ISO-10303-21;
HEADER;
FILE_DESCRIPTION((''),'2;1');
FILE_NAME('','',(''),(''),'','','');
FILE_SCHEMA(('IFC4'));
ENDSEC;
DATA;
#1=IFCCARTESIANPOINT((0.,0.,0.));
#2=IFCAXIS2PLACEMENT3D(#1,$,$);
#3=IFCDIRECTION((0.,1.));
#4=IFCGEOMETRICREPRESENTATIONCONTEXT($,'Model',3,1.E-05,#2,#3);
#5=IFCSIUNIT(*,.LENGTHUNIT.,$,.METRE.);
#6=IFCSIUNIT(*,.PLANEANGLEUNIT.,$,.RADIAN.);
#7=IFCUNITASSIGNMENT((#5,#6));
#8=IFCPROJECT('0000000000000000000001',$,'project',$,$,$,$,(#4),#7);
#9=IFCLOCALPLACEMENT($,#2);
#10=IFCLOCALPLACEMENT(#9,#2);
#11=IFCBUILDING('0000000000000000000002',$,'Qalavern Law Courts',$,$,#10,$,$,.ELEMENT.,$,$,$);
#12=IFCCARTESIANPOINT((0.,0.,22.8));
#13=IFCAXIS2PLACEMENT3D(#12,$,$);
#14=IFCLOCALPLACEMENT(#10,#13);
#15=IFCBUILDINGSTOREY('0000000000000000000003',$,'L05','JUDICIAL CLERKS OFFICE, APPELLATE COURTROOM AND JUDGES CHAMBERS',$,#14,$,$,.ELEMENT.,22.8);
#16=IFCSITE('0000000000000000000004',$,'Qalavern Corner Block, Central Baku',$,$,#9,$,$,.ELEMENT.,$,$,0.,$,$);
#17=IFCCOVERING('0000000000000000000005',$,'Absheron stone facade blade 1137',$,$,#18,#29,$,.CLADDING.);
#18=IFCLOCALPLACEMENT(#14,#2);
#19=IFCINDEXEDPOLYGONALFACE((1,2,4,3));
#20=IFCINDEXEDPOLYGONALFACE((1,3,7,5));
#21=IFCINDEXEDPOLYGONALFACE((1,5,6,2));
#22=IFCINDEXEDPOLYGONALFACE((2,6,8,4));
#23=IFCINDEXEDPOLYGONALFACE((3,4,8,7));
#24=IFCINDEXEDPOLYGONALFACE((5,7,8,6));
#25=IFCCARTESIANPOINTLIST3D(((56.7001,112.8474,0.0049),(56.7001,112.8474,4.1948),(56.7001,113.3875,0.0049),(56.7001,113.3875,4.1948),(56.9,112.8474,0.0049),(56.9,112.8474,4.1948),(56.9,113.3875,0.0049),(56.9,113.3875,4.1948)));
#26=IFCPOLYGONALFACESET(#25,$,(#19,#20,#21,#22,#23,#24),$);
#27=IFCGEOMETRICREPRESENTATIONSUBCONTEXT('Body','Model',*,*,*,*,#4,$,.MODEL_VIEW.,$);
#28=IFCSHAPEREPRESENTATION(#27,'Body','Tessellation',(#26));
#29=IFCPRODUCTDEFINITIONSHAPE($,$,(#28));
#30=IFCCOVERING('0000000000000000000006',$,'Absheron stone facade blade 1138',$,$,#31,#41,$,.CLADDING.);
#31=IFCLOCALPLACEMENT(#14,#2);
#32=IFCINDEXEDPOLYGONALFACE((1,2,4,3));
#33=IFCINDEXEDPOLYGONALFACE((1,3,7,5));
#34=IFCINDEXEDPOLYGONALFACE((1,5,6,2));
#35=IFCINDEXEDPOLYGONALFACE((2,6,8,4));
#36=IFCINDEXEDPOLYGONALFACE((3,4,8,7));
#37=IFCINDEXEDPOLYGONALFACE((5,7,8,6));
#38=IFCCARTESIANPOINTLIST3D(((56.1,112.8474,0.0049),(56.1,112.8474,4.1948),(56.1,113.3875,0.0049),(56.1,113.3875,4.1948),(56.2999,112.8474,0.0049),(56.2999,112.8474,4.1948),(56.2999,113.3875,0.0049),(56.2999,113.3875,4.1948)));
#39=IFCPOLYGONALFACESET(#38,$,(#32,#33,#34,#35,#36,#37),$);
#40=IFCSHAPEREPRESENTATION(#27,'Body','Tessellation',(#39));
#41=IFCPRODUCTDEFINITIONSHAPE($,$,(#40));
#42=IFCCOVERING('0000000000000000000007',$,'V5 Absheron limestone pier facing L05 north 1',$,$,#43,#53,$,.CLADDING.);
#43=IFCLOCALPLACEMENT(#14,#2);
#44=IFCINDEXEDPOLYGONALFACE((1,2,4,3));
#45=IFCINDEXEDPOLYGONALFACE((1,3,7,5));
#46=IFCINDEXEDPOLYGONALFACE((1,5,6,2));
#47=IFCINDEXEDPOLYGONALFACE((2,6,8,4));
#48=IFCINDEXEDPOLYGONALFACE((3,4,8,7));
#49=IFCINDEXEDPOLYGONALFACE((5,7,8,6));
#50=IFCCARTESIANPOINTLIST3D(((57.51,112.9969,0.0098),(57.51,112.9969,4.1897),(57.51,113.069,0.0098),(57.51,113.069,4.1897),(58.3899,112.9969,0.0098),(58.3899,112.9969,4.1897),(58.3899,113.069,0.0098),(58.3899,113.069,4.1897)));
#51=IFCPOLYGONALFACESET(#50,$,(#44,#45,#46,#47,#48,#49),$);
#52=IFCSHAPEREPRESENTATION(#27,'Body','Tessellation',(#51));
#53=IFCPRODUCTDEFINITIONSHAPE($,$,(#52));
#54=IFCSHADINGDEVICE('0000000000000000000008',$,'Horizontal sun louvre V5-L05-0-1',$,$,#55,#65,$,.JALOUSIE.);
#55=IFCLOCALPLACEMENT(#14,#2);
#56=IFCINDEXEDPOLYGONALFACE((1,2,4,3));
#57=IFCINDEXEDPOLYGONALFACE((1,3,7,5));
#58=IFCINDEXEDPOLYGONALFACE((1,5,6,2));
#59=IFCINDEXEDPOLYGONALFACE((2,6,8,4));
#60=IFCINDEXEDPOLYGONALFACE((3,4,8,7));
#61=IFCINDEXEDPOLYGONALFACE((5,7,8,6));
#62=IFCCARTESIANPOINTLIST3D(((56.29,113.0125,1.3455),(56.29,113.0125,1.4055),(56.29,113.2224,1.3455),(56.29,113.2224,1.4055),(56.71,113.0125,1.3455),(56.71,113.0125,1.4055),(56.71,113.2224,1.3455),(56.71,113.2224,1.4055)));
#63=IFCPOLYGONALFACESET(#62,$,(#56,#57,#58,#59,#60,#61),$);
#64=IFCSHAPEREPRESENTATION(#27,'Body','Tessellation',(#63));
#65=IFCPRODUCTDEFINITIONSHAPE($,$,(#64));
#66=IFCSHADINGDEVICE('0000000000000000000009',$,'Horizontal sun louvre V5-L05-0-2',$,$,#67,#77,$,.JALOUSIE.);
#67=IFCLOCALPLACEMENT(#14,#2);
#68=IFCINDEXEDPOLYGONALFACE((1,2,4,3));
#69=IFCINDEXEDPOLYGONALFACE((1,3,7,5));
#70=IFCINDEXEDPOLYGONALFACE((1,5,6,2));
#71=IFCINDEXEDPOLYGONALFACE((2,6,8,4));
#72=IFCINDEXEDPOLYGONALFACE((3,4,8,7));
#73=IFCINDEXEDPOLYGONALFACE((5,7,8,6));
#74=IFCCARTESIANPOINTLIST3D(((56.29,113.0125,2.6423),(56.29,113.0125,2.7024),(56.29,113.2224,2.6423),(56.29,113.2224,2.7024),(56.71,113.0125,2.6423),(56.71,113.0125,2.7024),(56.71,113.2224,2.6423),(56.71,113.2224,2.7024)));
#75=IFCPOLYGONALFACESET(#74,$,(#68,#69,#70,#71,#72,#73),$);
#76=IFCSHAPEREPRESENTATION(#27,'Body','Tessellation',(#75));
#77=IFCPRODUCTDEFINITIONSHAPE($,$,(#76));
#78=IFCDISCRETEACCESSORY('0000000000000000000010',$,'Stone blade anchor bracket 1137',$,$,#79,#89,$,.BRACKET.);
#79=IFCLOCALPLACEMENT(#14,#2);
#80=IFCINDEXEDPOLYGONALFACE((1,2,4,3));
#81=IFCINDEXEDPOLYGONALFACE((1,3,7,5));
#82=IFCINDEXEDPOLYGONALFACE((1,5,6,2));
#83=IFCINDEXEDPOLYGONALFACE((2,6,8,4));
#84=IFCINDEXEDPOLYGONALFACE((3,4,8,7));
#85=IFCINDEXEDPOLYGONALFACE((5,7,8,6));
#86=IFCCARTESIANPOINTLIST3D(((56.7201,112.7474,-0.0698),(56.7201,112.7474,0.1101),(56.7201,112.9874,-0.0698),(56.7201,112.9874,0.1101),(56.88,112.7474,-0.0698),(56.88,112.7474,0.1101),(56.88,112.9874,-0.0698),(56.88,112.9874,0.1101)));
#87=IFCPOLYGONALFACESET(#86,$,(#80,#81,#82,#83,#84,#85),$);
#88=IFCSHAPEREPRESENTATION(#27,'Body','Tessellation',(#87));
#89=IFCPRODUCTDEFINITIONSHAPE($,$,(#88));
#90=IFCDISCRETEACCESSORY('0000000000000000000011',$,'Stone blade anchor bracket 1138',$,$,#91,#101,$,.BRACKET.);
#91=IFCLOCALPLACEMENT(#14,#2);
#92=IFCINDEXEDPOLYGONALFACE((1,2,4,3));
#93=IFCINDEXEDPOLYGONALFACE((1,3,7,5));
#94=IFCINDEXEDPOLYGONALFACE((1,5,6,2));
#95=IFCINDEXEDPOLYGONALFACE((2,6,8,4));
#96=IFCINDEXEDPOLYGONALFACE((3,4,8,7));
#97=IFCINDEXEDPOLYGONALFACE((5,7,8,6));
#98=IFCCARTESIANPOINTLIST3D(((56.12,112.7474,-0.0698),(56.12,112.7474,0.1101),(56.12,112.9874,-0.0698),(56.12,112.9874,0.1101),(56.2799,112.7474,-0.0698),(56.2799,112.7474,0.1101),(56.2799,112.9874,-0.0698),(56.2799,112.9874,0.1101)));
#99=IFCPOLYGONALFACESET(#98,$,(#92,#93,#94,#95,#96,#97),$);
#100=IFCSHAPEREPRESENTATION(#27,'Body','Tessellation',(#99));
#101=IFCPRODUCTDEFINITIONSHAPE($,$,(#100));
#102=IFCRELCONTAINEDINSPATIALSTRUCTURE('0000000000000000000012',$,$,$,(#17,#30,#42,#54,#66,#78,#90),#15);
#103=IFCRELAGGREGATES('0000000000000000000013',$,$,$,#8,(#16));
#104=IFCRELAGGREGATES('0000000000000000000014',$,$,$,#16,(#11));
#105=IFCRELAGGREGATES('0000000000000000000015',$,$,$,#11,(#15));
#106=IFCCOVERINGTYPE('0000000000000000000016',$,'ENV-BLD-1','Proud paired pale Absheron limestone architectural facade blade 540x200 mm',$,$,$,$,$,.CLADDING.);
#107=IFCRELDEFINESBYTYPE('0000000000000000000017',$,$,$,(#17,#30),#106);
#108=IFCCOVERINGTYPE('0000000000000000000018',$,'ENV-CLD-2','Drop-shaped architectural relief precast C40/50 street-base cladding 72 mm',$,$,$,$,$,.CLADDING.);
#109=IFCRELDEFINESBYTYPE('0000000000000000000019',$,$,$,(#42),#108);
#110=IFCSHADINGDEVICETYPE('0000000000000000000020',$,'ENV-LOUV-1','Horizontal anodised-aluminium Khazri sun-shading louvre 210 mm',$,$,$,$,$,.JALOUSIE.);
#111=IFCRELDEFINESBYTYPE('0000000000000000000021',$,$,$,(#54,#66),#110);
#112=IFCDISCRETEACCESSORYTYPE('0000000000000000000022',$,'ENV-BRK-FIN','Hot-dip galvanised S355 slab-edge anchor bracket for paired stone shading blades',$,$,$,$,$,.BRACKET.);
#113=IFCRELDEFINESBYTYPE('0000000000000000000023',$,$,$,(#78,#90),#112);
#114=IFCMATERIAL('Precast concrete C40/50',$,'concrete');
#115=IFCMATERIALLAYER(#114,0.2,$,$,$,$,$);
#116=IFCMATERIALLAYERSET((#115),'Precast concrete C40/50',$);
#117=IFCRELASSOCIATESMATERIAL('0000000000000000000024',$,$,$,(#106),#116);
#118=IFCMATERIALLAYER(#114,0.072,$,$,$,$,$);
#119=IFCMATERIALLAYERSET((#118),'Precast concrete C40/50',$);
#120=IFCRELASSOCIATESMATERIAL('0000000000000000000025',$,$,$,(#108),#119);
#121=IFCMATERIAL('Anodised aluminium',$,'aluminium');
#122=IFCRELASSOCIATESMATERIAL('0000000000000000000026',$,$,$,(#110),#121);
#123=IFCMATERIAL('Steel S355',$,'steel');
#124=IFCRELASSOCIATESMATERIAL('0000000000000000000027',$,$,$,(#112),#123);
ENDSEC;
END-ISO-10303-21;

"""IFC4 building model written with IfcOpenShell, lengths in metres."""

from ifc_helpers import new_model, si_unit, direction, frame, origin, origin_2d, place, context, subcontext, project, spatial, rectangle, extrude, material, layer, layer_set, type_object, element, save


model = new_model("IFC4")

# Units and contexts
model_context = context("Model", 3, precision=1e-05, world=origin(), true_north=direction((0.0, 1.0)))
body_context = subcontext(model_context, "Body", "Model", "MODEL_VIEW")
ifc_project = project(units=[si_unit("LENGTHUNIT", "METRE"), si_unit("PLANEANGLEUNIT", "RADIAN")], contexts=[model_context])

# Site, building, storey
site_placement = place(None, origin())
site = spatial("IfcSite", under=ifc_project, at=site_placement, Name="Qalavern Corner Block, Central Baku", CompositionType="ELEMENT", RefElevation=0.0)
building_placement = place(site_placement, origin())
building = spatial("IfcBuilding", under=site, at=building_placement, Name="Qalavern Law Courts", CompositionType="ELEMENT")
storey_placement = place(building_placement, frame((0.0, 0.0, 22.8)))
storey = spatial("IfcBuildingStorey", under=building, at=storey_placement, Name="L05", Description="JUDICIAL CLERKS OFFICE, APPELLATE COURTROOM AND JUDGES CHAMBERS", CompositionType="ELEMENT", Elevation=22.8)

# Shared definitions
ifc_material_1 = material(Name="Anodised aluminium", Category="aluminium")

# Shared definitions
ifc_material_2 = material(Name="Steel S355", Category="steel")

# Coverings
ifc_material_3 = material(Name="Precast concrete C40/50", Category="concrete")
ifc_layer_1 = layer(ifc_material_3, 0.2)
ifc_layer_set_1 = layer_set([ifc_layer_1], Name="Precast concrete C40/50")
covering_type_1 = type_object("IfcCoveringType", Name="ENV-BLD-1", Description="Proud paired pale Absheron limestone architectural facade blade 540x200 mm", PredefinedType="CLADDING", material=ifc_layer_set_1)
for number, where, z_axis, x_axis, name in (
    (1, (56.8, 113.1174, 0.0049), (0.0, 0.0, 1.0), (0.0, 1.0, 0.0), "Absheron stone facade blade 1137"),
    (2, (56.2, 113.1174, 0.0049), (0.0, 0.0, 1.0), (0.0, 1.0, 0.0), "Absheron stone facade blade 1138"),
):
    element("IfcCovering", number, at=place(storey_placement, frame(where, z_axis=z_axis, x_axis=x_axis)), inside=storey, type_object=covering_type_1, Name=name, PredefinedType="CLADDING", context=body_context, shape_type="SweptSolid", body=[
        extrude(rectangle(XDim=0.54, YDim=0.2, at=origin_2d()), origin(), (0.0, 0.0, 1.0), 4.1899),
    ])
ifc_layer_2 = layer(ifc_material_3, 0.072)
ifc_layer_set_2 = layer_set([ifc_layer_2], Name="Precast concrete C40/50")
covering_type_2 = type_object("IfcCoveringType", Name="ENV-CLD-2", Description="Drop-shaped architectural relief precast C40/50 street-base cladding 72 mm", PredefinedType="CLADDING", material=ifc_layer_set_2)
covering_placement = place(storey_placement, frame((57.95, 113.033, 0.0098), z_axis=(0.0, 0.0, 1.0), x_axis=(-1.0, 0.0, 0.0)))
element("IfcCovering", 3, at=covering_placement, inside=storey, type_object=covering_type_2, Name="V5 Absheron limestone pier facing L05 north 1", PredefinedType="CLADDING", context=body_context, shape_type="SweptSolid", body=[
    extrude(rectangle(XDim=0.8799, YDim=0.072, at=origin_2d()), origin(), (0.0, 0.0, 1.0), 4.1799),
])

# Shading devices
shading_device_type = type_object("IfcShadingDeviceType", Name="ENV-LOUV-1", Description="Horizontal anodised-aluminium Khazri sun-shading louvre 210 mm", PredefinedType="JALOUSIE", material=ifc_material_1)
for number, where, z_axis, x_axis, name in (
    (4, (56.5, 113.1174, 1.3455), (0.0, 0.0, 1.0), (-1.0, 0.0, 0.0), "Horizontal sun louvre V5-L05-0-1"),
    (5, (56.5, 113.1174, 2.6423), (0.0, 0.0, 1.0), (-1.0, 0.0, 0.0), "Horizontal sun louvre V5-L05-0-2"),
):
    element("IfcShadingDevice", number, at=place(storey_placement, frame(where, z_axis=z_axis, x_axis=x_axis)), inside=storey, type_object=shading_device_type, Name=name, PredefinedType="JALOUSIE", context=body_context, shape_type="SweptSolid", body=[
        extrude(rectangle(XDim=0.4199, YDim=0.21, at=origin_2d()), origin(), (0.0, 0.0, 1.0), 0.0601),
    ])

# Discrete accessories
discrete_accessory_type = type_object("IfcDiscreteAccessoryType", Name="ENV-BRK-FIN", Description="Hot-dip galvanised S355 slab-edge anchor bracket for paired stone shading blades", PredefinedType="BRACKET", material=ifc_material_2)
for number, where, z_axis, x_axis, name in (
    (6, (56.8, 112.8674, -0.0698), (0.0, 0.0, 1.0), (0.0, 1.0, 0.0), "Stone blade anchor bracket 1137"),
    (7, (56.2, 112.8674, -0.0698), (0.0, 0.0, 1.0), (0.0, 1.0, 0.0), "Stone blade anchor bracket 1138"),
):
    element("IfcDiscreteAccessory", number, at=place(storey_placement, frame(where, z_axis=z_axis, x_axis=x_axis)), inside=storey, type_object=discrete_accessory_type, Name=name, PredefinedType="BRACKET", context=body_context, shape_type="SweptSolid", body=[
        extrude(rectangle(XDim=0.24, YDim=0.1599, at=origin_2d()), origin(), (0.0, 0.0, 1.0), 0.1799),
    ])

save(model, "model.ifc")
